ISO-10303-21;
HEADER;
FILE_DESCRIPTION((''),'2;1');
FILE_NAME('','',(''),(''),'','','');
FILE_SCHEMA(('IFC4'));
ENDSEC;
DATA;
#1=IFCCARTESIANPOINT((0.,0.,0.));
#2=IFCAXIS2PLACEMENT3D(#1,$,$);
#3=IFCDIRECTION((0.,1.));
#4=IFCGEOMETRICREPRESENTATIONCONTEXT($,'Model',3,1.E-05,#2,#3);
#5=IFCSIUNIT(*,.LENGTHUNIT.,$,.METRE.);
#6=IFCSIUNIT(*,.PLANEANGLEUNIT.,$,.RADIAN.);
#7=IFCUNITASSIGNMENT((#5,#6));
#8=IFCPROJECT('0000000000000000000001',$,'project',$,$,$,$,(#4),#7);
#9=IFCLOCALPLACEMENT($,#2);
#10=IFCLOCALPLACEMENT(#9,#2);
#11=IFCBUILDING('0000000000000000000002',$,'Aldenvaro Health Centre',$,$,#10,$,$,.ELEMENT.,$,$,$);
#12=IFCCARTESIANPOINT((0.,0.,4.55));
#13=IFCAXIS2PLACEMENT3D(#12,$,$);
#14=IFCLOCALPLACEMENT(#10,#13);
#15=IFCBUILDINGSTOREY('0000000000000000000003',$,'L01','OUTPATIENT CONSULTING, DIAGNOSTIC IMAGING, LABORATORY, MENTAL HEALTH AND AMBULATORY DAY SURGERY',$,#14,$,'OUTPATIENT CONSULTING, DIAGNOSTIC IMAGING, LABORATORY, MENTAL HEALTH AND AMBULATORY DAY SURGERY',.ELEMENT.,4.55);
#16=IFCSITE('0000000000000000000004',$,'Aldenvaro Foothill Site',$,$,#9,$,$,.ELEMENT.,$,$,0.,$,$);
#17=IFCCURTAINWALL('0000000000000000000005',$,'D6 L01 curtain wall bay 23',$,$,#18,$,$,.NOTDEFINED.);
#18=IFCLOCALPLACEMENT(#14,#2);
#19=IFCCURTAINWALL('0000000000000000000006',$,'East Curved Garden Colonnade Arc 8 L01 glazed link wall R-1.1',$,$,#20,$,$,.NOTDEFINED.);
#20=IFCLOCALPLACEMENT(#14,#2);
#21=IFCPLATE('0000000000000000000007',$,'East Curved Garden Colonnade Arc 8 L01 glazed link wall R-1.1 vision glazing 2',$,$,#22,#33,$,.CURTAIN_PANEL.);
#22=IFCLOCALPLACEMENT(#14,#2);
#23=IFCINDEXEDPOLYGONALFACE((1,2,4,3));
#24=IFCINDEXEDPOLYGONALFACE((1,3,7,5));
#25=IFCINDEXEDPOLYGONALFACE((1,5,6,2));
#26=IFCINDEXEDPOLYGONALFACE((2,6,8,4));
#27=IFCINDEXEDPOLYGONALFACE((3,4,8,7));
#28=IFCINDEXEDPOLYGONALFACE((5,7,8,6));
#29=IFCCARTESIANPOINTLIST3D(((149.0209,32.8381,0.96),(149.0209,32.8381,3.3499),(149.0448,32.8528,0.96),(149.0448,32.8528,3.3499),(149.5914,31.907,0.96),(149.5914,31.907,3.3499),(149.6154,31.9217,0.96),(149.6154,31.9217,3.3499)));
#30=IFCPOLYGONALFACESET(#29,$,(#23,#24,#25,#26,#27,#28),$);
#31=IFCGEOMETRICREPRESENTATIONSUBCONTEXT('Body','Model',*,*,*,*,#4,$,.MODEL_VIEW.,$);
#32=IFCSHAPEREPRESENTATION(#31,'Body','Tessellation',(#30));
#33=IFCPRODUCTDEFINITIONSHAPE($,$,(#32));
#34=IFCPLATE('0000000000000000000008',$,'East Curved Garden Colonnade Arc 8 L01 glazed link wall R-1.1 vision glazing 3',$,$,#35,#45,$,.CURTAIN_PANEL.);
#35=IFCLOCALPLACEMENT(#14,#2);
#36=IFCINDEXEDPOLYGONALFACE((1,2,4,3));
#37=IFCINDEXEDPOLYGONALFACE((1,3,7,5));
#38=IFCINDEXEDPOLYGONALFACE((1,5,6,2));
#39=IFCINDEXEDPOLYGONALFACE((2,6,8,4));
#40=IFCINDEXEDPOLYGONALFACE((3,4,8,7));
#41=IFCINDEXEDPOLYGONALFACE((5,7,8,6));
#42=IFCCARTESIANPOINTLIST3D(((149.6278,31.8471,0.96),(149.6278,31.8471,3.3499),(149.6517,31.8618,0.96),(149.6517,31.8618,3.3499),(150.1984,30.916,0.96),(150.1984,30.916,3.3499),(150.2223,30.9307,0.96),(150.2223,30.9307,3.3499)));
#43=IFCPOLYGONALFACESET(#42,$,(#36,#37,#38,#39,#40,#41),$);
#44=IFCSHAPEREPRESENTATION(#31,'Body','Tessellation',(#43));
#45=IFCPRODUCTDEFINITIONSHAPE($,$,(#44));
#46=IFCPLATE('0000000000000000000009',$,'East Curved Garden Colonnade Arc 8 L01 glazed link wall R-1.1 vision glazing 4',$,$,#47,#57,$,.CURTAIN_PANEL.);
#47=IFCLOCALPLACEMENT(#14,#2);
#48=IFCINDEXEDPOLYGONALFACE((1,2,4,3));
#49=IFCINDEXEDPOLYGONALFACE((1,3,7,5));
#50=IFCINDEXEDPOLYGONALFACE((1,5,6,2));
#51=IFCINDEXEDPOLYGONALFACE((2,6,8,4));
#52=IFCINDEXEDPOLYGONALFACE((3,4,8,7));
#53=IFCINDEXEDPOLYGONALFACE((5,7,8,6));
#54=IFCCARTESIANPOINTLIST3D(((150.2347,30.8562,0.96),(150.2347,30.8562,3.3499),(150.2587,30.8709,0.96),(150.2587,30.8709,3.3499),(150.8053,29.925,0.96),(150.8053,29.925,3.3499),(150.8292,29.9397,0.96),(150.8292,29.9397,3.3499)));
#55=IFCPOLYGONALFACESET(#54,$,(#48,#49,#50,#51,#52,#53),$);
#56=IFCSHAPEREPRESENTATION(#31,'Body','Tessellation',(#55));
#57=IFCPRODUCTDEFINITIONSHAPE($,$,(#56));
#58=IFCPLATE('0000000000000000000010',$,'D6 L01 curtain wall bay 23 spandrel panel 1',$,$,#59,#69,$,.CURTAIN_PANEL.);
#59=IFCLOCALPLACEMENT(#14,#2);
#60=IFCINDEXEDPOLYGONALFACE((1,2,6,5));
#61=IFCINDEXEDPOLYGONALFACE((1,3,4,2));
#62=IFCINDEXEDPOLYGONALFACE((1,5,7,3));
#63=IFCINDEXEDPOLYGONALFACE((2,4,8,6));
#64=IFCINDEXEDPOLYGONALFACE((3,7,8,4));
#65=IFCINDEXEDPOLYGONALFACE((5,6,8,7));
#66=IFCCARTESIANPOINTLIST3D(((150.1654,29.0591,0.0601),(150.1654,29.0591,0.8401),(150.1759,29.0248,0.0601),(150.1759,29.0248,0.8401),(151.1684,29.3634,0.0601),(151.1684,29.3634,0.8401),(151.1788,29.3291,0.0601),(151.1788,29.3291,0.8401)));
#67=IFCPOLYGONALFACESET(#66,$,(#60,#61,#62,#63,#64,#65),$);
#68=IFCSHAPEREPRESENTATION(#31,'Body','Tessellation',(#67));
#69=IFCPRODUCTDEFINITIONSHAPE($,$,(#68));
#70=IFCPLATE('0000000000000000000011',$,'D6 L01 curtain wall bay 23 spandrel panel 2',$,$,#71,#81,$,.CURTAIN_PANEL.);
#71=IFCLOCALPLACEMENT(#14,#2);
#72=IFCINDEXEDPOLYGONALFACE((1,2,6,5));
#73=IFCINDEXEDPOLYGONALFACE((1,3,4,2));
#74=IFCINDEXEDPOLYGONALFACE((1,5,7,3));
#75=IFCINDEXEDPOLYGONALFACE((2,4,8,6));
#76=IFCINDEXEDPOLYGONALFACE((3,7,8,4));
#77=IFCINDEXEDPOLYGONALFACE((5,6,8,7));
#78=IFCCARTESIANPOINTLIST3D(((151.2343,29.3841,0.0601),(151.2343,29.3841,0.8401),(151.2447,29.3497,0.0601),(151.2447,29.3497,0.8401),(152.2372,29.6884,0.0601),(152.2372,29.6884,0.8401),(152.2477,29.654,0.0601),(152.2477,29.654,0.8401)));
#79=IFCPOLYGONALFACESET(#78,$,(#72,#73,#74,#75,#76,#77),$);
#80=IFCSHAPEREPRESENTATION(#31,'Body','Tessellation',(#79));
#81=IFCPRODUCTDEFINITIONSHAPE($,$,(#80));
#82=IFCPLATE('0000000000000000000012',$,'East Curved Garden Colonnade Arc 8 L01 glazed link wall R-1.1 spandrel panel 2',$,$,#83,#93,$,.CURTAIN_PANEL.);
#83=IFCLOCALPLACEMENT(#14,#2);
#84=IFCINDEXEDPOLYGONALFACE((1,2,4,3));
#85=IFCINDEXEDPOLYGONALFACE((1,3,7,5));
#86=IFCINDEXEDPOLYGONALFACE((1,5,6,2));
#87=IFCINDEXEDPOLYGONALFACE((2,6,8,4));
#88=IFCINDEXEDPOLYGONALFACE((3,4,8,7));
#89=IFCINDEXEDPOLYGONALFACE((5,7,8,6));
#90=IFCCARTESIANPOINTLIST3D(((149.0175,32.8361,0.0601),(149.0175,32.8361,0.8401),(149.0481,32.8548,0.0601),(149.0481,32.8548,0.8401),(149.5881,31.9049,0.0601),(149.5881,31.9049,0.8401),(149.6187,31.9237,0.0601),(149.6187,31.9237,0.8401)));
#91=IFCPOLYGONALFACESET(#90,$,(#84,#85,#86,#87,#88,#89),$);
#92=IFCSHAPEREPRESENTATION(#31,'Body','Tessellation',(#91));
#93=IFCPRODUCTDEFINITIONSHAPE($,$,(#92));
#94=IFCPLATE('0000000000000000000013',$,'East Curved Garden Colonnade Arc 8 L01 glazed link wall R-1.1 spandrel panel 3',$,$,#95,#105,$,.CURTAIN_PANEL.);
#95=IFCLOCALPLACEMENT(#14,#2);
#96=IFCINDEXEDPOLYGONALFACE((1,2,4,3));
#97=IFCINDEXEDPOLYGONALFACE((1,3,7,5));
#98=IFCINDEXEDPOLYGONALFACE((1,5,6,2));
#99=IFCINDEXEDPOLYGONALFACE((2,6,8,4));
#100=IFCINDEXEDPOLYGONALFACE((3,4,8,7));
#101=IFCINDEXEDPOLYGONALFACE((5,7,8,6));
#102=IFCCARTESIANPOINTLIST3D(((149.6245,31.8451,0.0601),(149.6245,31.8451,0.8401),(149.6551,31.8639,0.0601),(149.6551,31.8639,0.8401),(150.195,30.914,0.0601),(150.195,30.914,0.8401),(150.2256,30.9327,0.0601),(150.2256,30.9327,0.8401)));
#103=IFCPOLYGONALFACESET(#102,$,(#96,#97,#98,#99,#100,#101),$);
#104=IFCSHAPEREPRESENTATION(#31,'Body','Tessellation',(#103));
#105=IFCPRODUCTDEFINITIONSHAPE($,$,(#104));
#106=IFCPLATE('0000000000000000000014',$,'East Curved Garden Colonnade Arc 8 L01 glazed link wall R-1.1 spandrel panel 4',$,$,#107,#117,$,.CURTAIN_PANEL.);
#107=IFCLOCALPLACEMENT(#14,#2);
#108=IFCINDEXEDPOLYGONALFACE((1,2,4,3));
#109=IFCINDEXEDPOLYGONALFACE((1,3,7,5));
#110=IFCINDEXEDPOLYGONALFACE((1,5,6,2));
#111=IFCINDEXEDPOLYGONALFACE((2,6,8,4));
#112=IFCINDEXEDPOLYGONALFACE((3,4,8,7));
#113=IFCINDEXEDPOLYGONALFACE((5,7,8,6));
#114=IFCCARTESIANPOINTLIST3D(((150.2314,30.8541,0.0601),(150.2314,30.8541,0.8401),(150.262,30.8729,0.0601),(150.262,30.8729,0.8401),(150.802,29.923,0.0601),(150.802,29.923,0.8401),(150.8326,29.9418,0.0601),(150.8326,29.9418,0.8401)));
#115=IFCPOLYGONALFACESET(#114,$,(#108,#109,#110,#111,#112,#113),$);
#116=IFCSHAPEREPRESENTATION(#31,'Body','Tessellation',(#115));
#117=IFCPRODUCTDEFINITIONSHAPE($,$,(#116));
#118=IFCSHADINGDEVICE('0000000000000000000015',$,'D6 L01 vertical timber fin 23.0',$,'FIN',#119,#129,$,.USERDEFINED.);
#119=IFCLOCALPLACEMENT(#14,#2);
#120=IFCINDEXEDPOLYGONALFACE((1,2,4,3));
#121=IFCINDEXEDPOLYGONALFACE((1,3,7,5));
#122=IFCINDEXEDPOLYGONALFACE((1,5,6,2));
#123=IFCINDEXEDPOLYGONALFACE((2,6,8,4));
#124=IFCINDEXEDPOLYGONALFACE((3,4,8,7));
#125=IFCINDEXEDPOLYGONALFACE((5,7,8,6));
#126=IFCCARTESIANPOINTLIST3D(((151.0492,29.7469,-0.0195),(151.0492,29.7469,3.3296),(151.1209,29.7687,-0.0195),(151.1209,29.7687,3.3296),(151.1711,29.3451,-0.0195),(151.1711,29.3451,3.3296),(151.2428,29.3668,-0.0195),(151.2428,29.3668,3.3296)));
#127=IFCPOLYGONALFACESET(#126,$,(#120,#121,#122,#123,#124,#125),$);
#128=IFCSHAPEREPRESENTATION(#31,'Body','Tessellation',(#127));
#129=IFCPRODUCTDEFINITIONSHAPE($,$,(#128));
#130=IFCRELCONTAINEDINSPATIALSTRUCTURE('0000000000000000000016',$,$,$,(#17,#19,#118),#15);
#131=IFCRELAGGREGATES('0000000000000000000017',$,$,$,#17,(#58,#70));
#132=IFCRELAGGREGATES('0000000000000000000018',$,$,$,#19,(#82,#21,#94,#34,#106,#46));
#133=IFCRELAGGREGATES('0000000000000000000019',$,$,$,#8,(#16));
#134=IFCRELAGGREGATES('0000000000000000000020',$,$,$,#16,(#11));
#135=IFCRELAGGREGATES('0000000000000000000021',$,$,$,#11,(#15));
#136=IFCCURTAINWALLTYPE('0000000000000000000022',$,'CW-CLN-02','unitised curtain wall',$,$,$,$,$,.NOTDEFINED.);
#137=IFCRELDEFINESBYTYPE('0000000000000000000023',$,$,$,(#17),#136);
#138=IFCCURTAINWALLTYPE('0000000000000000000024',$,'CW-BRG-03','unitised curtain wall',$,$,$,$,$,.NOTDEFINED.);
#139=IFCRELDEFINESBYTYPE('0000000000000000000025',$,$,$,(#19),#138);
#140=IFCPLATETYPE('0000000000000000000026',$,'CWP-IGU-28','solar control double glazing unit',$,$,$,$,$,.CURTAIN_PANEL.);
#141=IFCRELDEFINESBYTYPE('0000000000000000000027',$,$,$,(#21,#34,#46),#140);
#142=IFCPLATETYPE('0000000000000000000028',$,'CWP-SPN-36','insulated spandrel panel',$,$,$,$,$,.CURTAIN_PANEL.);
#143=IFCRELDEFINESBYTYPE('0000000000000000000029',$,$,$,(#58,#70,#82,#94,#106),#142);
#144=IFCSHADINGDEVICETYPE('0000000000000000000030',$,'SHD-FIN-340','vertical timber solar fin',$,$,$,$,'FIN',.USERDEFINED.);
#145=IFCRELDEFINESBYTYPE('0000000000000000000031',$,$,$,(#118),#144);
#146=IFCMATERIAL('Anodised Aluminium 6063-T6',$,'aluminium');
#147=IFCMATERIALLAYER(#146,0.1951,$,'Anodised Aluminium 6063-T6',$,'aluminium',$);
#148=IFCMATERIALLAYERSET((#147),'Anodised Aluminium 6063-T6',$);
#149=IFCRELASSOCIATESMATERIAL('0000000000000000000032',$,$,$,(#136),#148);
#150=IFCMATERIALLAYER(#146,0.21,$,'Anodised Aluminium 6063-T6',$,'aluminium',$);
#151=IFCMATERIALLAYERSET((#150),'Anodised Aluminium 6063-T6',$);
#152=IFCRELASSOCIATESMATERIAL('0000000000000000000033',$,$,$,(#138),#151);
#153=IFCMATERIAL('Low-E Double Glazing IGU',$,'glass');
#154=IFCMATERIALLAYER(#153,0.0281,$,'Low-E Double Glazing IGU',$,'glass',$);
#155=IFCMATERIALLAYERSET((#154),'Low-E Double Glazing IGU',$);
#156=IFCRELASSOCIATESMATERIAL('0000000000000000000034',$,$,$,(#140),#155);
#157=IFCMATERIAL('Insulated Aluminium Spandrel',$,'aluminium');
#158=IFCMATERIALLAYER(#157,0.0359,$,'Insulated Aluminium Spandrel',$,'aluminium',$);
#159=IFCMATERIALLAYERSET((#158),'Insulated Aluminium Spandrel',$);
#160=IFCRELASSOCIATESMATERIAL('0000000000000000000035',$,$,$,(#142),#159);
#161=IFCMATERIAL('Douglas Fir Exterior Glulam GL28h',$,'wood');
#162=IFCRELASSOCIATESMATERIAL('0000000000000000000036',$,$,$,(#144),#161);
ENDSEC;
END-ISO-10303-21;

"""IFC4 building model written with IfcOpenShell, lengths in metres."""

from ifc_helpers import new_model, si_unit, direction, frame, origin, origin_2d, place, context, subcontext, project, spatial, rectangle, extrude, material, layer, layer_set, type_object, element, aggregate, save


model = new_model("IFC4")

# Units and contexts
model_context = context("Model", 3, precision=1e-05, world=origin(), true_north=direction((0.0, 1.0)))
body_context = subcontext(model_context, "Body", "Model", "MODEL_VIEW")
ifc_project = project(units=[si_unit("LENGTHUNIT", "METRE"), si_unit("PLANEANGLEUNIT", "RADIAN")], contexts=[model_context])

# Site, building, storey
site_placement = place(None, origin())
site = spatial("IfcSite", under=ifc_project, at=site_placement, Name="Aldenvaro Foothill Site", CompositionType="ELEMENT", RefElevation=0.0)
building_placement = place(site_placement, origin())
building = spatial("IfcBuilding", under=site, at=building_placement, Name="Aldenvaro Health Centre", CompositionType="ELEMENT")
storey_placement = place(building_placement, frame((0.0, 0.0, 4.55)))
storey = spatial("IfcBuildingStorey", under=building, at=storey_placement, Name="L01", Description="OUTPATIENT CONSULTING, DIAGNOSTIC IMAGING, LABORATORY, MENTAL HEALTH AND AMBULATORY DAY SURGERY", LongName="OUTPATIENT CONSULTING, DIAGNOSTIC IMAGING, LABORATORY, MENTAL HEALTH AND AMBULATORY DAY SURGERY", CompositionType="ELEMENT", Elevation=4.55)

# Curtain walls
ifc_material_1 = material(Name="Anodised Aluminium 6063-T6", Category="aluminium")
ifc_layer_1 = layer(ifc_material_1, 0.1951, Name="Anodised Aluminium 6063-T6", Category="aluminium")
ifc_layer_set_1 = layer_set([ifc_layer_1], Name="Anodised Aluminium 6063-T6")
curtain_wall_type_1 = type_object("IfcCurtainWallType", Name="CW-CLN-02", Description="unitised curtain wall", PredefinedType="NOTDEFINED", material=ifc_layer_set_1)
curtain_wall_1_placement = place(storey_placement, origin())
curtain_wall_1 = element("IfcCurtainWall", 1, at=curtain_wall_1_placement, inside=storey, type_object=curtain_wall_type_1, Name="D6 L01 curtain wall bay 23", PredefinedType="NOTDEFINED")
ifc_layer_2 = layer(ifc_material_1, 0.21, Name="Anodised Aluminium 6063-T6", Category="aluminium")
ifc_layer_set_2 = layer_set([ifc_layer_2], Name="Anodised Aluminium 6063-T6")
curtain_wall_type_2 = type_object("IfcCurtainWallType", Name="CW-BRG-03", Description="unitised curtain wall", PredefinedType="NOTDEFINED", material=ifc_layer_set_2)
curtain_wall_2_placement = place(storey_placement, origin())
curtain_wall_2 = element("IfcCurtainWall", 2, at=curtain_wall_2_placement, inside=storey, type_object=curtain_wall_type_2, Name="East Curved Garden Colonnade Arc 8 L01 glazed link wall R-1.1", PredefinedType="NOTDEFINED")

# Plates
ifc_material_2 = material(Name="Low-E Double Glazing IGU", Category="glass")
ifc_layer_3 = layer(ifc_material_2, 0.0281, Name="Low-E Double Glazing IGU", Category="glass")
ifc_layer_set_3 = layer_set([ifc_layer_3], Name="Low-E Double Glazing IGU")
plate_type_1 = type_object("IfcPlateType", Name="CWP-IGU-28", Description="solar control double glazing unit", PredefinedType="CURTAIN_PANEL", material=ifc_layer_set_3)
plate_1_placement = place(storey_placement, frame((149.3181, 32.3799, 0.96), z_axis=(0.0, 0.0, 1.0), x_axis=(0.522476, -0.852654, 0.0)))
plate_1 = element("IfcPlate", 3, at=plate_1_placement, type_object=plate_type_1, Name="East Curved Garden Colonnade Arc 8 L01 glazed link wall R-1.1 vision glazing 2", PredefinedType="CURTAIN_PANEL", context=body_context, shape_type="SweptSolid", body=[
    extrude(rectangle(XDim=1.092, YDim=0.0281, at=origin_2d()), origin(), (0.0, 0.0, 1.0), 2.3899),
])
plate_2_placement = place(storey_placement, frame((149.925, 31.3889, 0.96), z_axis=(0.0, 0.0, 1.0), x_axis=(0.522476, -0.852654, 0.0)))
plate_2 = element("IfcPlate", 4, at=plate_2_placement, type_object=plate_type_1, Name="East Curved Garden Colonnade Arc 8 L01 glazed link wall R-1.1 vision glazing 3", PredefinedType="CURTAIN_PANEL", context=body_context, shape_type="SweptSolid", body=[
    extrude(rectangle(XDim=1.092, YDim=0.0281, at=origin_2d()), origin(), (0.0, 0.0, 1.0), 2.3899),
])
plate_3_placement = place(storey_placement, frame((150.532, 30.3979, 0.96), z_axis=(0.0, 0.0, 1.0), x_axis=(0.522476, -0.852654, 0.0)))
plate_3 = element("IfcPlate", 5, at=plate_3_placement, type_object=plate_type_1, Name="East Curved Garden Colonnade Arc 8 L01 glazed link wall R-1.1 vision glazing 4", PredefinedType="CURTAIN_PANEL", context=body_context, shape_type="SweptSolid", body=[
    extrude(rectangle(XDim=1.092, YDim=0.0281, at=origin_2d()), origin(), (0.0, 0.0, 1.0), 2.3899),
])
ifc_material_3 = material(Name="Insulated Aluminium Spandrel", Category="aluminium")
ifc_layer_4 = layer(ifc_material_3, 0.0359, Name="Insulated Aluminium Spandrel", Category="aluminium")
ifc_layer_set_4 = layer_set([ifc_layer_4], Name="Insulated Aluminium Spandrel")
plate_type_2 = type_object("IfcPlateType", Name="CWP-SPN-36", Description="insulated spandrel panel", PredefinedType="CURTAIN_PANEL", material=ifc_layer_set_4)
plate_4_placement = place(storey_placement, frame((150.6721, 29.1941, 0.0601), z_axis=(0.0, 0.0, 1.0), x_axis=(0.956923, 0.290343, 0.0)))
plate_4 = element("IfcPlate", 6, at=plate_4_placement, type_object=plate_type_2, Name="D6 L01 curtain wall bay 23 spandrel panel 1", PredefinedType="CURTAIN_PANEL", context=body_context, shape_type="SweptSolid", body=[
    extrude(rectangle(XDim=1.0481, YDim=0.0359, at=origin_2d()), origin(), (0.0, 0.0, 1.0), 0.78),
])
plate_5_placement = place(storey_placement, frame((151.741, 29.519, 0.0601), z_axis=(0.0, 0.0, 1.0), x_axis=(0.956923, 0.290343, 0.0)))
plate_5 = element("IfcPlate", 7, at=plate_5_placement, type_object=plate_type_2, Name="D6 L01 curtain wall bay 23 spandrel panel 2", PredefinedType="CURTAIN_PANEL", context=body_context, shape_type="SweptSolid", body=[
    extrude(rectangle(XDim=1.0481, YDim=0.0359, at=origin_2d()), origin(), (0.0, 0.0, 1.0), 0.78),
])
aggregate(curtain_wall_1, [plate_4, plate_5])
plate_6_placement = place(storey_placement, frame((149.3181, 32.3799, 0.0601), z_axis=(0.0, 0.0, 1.0), x_axis=(0.522476, -0.852654, 0.0)))
plate_6 = element("IfcPlate", 8, at=plate_6_placement, type_object=plate_type_2, Name="East Curved Garden Colonnade Arc 8 L01 glazed link wall R-1.1 spandrel panel 2", PredefinedType="CURTAIN_PANEL", context=body_context, shape_type="SweptSolid", body=[
    extrude(rectangle(XDim=1.092, YDim=0.0359, at=origin_2d()), origin(), (0.0, 0.0, 1.0), 0.78),
])
plate_7_placement = place(storey_placement, frame((149.925, 31.3889, 0.0601), z_axis=(0.0, 0.0, 1.0), x_axis=(0.522476, -0.852654, 0.0)))
plate_7 = element("IfcPlate", 9, at=plate_7_placement, type_object=plate_type_2, Name="East Curved Garden Colonnade Arc 8 L01 glazed link wall R-1.1 spandrel panel 3", PredefinedType="CURTAIN_PANEL", context=body_context, shape_type="SweptSolid", body=[
    extrude(rectangle(XDim=1.092, YDim=0.0359, at=origin_2d()), origin(), (0.0, 0.0, 1.0), 0.78),
])
plate_8_placement = place(storey_placement, frame((150.532, 30.3979, 0.0601), z_axis=(0.0, 0.0, 1.0), x_axis=(0.522476, -0.852654, 0.0)))
plate_8 = element("IfcPlate", 10, at=plate_8_placement, type_object=plate_type_2, Name="East Curved Garden Colonnade Arc 8 L01 glazed link wall R-1.1 spandrel panel 4", PredefinedType="CURTAIN_PANEL", context=body_context, shape_type="SweptSolid", body=[
    extrude(rectangle(XDim=1.092, YDim=0.0359, at=origin_2d()), origin(), (0.0, 0.0, 1.0), 0.78),
])
aggregate(curtain_wall_2, [plate_6, plate_1, plate_7, plate_2, plate_8, plate_3])

# Shading device
ifc_material_4 = material(Name="Douglas Fir Exterior Glulam GL28h", Category="wood")
shading_device_type = type_object("IfcShadingDeviceType", Name="SHD-FIN-340", Description="vertical timber solar fin", ElementType="FIN", PredefinedType="USERDEFINED", material=ifc_material_4)
shading_device_placement = place(storey_placement, frame((151.146, 29.5569, -0.0195), z_axis=(0.0, 0.0, 1.0), x_axis=(0.956923, 0.290343, 0.0)))
element("IfcShadingDevice", 11, at=shading_device_placement, inside=storey, type_object=shading_device_type, Name="D6 L01 vertical timber fin 23.0", ObjectType="FIN", PredefinedType="USERDEFINED", context=body_context, shape_type="SweptSolid", body=[
    extrude(rectangle(XDim=0.075, YDim=0.4199, at=origin_2d()), origin(), (0.0, 0.0, 1.0), 3.3491),
])

save(model, "model.ifc")
